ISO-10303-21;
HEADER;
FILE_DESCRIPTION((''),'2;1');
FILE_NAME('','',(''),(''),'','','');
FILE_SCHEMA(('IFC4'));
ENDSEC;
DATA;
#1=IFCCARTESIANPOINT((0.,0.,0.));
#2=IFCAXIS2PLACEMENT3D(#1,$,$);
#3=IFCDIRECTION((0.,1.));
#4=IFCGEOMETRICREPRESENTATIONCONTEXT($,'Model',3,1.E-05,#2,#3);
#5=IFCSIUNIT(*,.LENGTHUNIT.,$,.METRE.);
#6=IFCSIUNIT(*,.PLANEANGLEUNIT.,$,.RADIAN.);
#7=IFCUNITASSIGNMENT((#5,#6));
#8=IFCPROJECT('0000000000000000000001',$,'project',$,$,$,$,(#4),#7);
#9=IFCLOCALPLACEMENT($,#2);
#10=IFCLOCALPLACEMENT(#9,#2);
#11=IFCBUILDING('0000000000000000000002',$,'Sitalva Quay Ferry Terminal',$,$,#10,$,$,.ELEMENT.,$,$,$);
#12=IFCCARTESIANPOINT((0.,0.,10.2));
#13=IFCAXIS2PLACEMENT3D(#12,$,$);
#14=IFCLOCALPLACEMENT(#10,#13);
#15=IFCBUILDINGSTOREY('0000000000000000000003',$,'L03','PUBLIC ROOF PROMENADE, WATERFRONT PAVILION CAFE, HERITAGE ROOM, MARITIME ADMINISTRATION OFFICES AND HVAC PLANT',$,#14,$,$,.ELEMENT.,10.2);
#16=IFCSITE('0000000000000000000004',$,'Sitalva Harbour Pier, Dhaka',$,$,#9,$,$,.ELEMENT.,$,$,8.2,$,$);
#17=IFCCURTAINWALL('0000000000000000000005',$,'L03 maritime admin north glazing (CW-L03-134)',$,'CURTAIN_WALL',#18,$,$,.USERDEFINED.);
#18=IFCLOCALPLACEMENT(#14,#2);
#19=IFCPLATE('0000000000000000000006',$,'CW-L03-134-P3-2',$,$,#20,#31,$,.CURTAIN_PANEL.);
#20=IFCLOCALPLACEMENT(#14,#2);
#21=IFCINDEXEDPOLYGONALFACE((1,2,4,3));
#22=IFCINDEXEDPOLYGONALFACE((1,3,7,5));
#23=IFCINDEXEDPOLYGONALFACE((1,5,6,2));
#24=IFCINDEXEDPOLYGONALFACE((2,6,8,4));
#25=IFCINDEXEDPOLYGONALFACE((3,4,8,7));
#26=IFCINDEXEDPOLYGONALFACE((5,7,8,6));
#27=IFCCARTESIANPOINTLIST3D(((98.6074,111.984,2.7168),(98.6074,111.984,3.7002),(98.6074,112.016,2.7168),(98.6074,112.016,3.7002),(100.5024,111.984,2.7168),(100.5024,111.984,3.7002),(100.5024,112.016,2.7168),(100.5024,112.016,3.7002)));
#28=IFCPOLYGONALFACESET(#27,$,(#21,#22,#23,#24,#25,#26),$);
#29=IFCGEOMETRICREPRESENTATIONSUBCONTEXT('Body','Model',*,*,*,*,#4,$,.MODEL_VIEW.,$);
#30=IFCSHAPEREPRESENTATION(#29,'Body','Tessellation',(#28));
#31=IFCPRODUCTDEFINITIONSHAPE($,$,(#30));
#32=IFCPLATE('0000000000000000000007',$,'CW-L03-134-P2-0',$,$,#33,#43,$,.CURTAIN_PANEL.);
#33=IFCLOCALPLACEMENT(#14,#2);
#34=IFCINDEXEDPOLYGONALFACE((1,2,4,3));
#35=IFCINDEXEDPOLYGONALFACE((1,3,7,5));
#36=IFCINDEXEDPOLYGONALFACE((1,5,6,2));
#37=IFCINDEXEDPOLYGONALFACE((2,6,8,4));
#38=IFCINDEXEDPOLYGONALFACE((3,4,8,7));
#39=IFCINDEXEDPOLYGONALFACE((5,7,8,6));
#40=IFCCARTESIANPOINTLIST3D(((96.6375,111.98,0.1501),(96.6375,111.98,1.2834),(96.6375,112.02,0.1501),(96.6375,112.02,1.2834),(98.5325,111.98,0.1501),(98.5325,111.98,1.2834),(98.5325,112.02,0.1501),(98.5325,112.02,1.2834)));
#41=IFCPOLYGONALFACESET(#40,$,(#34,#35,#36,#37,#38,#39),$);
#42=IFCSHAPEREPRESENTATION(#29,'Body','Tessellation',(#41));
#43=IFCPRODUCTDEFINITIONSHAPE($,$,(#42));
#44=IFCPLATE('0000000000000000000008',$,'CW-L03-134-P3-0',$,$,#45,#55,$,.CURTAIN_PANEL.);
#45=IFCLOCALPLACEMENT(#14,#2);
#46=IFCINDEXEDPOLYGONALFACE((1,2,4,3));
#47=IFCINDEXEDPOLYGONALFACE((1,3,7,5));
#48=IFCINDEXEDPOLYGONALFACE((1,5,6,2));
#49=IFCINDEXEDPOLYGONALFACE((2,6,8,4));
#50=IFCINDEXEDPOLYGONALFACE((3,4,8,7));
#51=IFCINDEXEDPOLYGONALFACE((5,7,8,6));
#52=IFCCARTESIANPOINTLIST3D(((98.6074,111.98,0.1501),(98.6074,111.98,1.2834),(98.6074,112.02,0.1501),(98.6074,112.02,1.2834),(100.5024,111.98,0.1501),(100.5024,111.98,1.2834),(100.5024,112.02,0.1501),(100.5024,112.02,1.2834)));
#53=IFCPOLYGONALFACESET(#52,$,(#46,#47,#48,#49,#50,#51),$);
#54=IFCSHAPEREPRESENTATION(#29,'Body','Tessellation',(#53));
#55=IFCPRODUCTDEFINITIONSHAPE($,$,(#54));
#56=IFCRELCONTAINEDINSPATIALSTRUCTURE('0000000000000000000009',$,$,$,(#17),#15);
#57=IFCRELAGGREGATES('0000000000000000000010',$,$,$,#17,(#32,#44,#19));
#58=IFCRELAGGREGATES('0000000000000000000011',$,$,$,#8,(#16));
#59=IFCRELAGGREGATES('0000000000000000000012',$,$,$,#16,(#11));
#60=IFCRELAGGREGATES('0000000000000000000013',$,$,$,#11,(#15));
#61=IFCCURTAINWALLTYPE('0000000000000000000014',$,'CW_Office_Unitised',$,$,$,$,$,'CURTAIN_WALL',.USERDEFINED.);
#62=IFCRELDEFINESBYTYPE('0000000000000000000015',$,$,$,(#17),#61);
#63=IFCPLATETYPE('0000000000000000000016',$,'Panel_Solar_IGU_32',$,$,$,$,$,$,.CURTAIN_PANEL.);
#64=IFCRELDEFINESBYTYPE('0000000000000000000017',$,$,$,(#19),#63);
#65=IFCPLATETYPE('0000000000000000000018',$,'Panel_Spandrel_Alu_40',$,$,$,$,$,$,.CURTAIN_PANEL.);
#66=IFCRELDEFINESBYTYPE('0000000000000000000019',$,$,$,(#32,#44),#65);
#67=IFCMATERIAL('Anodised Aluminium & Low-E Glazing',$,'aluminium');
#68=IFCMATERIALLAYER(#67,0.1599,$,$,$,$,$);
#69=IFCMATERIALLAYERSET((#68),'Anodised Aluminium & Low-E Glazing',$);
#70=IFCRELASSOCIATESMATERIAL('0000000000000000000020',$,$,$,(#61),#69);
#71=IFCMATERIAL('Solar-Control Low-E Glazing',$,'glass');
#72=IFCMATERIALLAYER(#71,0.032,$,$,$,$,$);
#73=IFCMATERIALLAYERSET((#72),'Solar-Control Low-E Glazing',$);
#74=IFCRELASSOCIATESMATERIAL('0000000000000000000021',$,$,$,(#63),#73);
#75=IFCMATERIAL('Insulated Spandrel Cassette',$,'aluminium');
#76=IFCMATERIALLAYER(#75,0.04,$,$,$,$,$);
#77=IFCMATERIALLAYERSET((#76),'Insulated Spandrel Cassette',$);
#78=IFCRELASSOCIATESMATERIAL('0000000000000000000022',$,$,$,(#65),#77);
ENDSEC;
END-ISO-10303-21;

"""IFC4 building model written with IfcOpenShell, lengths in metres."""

from ifc_helpers import new_model, si_unit, direction, frame, origin, origin_2d, place, context, subcontext, project, spatial, rectangle, extrude, material, layer, layer_set, type_object, element, aggregate, save


model = new_model("IFC4")

# Units and contexts
model_context = context("Model", 3, precision=1e-05, world=origin(), true_north=direction((0.0, 1.0)))
body_context = subcontext(model_context, "Body", "Model", "MODEL_VIEW")
ifc_project = project(units=[si_unit("LENGTHUNIT", "METRE"), si_unit("PLANEANGLEUNIT", "RADIAN")], contexts=[model_context])

# Site, building, storey
site_placement = place(None, origin())
site = spatial("IfcSite", under=ifc_project, at=site_placement, Name="Sitalva Harbour Pier, Dhaka", CompositionType="ELEMENT", RefElevation=8.2)
building_placement = place(site_placement, origin())
building = spatial("IfcBuilding", under=site, at=building_placement, Name="Sitalva Quay Ferry Terminal", CompositionType="ELEMENT")
storey_placement = place(building_placement, frame((0.0, 0.0, 10.2)))
storey = spatial("IfcBuildingStorey", under=building, at=storey_placement, Name="L03", Description="PUBLIC ROOF PROMENADE, WATERFRONT PAVILION CAFE, HERITAGE ROOM, MARITIME ADMINISTRATION OFFICES AND HVAC PLANT", CompositionType="ELEMENT", Elevation=10.2)

# Curtain wall
ifc_material_1 = material(Name="Anodised Aluminium & Low-E Glazing", Category="aluminium")
ifc_layer_1 = layer(ifc_material_1, 0.1599)
ifc_layer_set_1 = layer_set([ifc_layer_1], Name="Anodised Aluminium & Low-E Glazing")
curtain_wall_type = type_object("IfcCurtainWallType", Name="CW_Office_Unitised", ElementType="CURTAIN_WALL", PredefinedType="USERDEFINED", material=ifc_layer_set_1)
curtain_wall_1_placement = place(storey_placement, origin())
curtain_wall_1 = element("IfcCurtainWall", 1, at=curtain_wall_1_placement, inside=storey, type_object=curtain_wall_type, Name="L03 maritime admin north glazing (CW-L03-134)", ObjectType="CURTAIN_WALL", PredefinedType="USERDEFINED")

# Plates
ifc_material_2 = material(Name="Solar-Control Low-E Glazing", Category="glass")
ifc_layer_2 = layer(ifc_material_2, 0.032)
ifc_layer_set_2 = layer_set([ifc_layer_2], Name="Solar-Control Low-E Glazing")
plate_type_1 = type_object("IfcPlateType", Name="Panel_Solar_IGU_32", PredefinedType="CURTAIN_PANEL", material=ifc_layer_set_2)
plate_1_placement = place(storey_placement, frame((99.5549, 112.0, 2.7168), z_axis=(0.0, 0.0, 1.0), x_axis=(1.0, 0.0, 0.0)))
plate_1 = element("IfcPlate", 2, at=plate_1_placement, type_object=plate_type_1, Name="CW-L03-134-P3-2", PredefinedType="CURTAIN_PANEL", context=body_context, shape_type="SweptSolid", body=[
    extrude(rectangle(XDim=1.895, YDim=0.032, at=origin_2d()), origin(), (0.0, 0.0, 1.0), 0.9834),
])
ifc_material_3 = material(Name="Insulated Spandrel Cassette", Category="aluminium")
ifc_layer_3 = layer(ifc_material_3, 0.04)
ifc_layer_set_3 = layer_set([ifc_layer_3], Name="Insulated Spandrel Cassette")
plate_type_2 = type_object("IfcPlateType", Name="Panel_Spandrel_Alu_40", PredefinedType="CURTAIN_PANEL", material=ifc_layer_set_3)
plate_2_placement = place(storey_placement, frame((97.585, 112.0, 0.1501), z_axis=(0.0, 0.0, 1.0), x_axis=(1.0, 0.0, 0.0)))
plate_2 = element("IfcPlate", 3, at=plate_2_placement, type_object=plate_type_2, Name="CW-L03-134-P2-0", PredefinedType="CURTAIN_PANEL", context=body_context, shape_type="SweptSolid", body=[
    extrude(rectangle(XDim=1.895, YDim=0.04, at=origin_2d()), origin(), (0.0, 0.0, 1.0), 1.1333),
])
plate_3_placement = place(storey_placement, frame((99.5549, 112.0, 0.1501), z_axis=(0.0, 0.0, 1.0), x_axis=(1.0, 0.0, 0.0)))
plate_3 = element("IfcPlate", 4, at=plate_3_placement, type_object=plate_type_2, Name="CW-L03-134-P3-0", PredefinedType="CURTAIN_PANEL", context=body_context, shape_type="SweptSolid", body=[
    extrude(rectangle(XDim=1.895, YDim=0.04, at=origin_2d()), origin(), (0.0, 0.0, 1.0), 1.1333),
])
aggregate(curtain_wall_1, [plate_2, plate_3, plate_1])

save(model, "model.ifc")
